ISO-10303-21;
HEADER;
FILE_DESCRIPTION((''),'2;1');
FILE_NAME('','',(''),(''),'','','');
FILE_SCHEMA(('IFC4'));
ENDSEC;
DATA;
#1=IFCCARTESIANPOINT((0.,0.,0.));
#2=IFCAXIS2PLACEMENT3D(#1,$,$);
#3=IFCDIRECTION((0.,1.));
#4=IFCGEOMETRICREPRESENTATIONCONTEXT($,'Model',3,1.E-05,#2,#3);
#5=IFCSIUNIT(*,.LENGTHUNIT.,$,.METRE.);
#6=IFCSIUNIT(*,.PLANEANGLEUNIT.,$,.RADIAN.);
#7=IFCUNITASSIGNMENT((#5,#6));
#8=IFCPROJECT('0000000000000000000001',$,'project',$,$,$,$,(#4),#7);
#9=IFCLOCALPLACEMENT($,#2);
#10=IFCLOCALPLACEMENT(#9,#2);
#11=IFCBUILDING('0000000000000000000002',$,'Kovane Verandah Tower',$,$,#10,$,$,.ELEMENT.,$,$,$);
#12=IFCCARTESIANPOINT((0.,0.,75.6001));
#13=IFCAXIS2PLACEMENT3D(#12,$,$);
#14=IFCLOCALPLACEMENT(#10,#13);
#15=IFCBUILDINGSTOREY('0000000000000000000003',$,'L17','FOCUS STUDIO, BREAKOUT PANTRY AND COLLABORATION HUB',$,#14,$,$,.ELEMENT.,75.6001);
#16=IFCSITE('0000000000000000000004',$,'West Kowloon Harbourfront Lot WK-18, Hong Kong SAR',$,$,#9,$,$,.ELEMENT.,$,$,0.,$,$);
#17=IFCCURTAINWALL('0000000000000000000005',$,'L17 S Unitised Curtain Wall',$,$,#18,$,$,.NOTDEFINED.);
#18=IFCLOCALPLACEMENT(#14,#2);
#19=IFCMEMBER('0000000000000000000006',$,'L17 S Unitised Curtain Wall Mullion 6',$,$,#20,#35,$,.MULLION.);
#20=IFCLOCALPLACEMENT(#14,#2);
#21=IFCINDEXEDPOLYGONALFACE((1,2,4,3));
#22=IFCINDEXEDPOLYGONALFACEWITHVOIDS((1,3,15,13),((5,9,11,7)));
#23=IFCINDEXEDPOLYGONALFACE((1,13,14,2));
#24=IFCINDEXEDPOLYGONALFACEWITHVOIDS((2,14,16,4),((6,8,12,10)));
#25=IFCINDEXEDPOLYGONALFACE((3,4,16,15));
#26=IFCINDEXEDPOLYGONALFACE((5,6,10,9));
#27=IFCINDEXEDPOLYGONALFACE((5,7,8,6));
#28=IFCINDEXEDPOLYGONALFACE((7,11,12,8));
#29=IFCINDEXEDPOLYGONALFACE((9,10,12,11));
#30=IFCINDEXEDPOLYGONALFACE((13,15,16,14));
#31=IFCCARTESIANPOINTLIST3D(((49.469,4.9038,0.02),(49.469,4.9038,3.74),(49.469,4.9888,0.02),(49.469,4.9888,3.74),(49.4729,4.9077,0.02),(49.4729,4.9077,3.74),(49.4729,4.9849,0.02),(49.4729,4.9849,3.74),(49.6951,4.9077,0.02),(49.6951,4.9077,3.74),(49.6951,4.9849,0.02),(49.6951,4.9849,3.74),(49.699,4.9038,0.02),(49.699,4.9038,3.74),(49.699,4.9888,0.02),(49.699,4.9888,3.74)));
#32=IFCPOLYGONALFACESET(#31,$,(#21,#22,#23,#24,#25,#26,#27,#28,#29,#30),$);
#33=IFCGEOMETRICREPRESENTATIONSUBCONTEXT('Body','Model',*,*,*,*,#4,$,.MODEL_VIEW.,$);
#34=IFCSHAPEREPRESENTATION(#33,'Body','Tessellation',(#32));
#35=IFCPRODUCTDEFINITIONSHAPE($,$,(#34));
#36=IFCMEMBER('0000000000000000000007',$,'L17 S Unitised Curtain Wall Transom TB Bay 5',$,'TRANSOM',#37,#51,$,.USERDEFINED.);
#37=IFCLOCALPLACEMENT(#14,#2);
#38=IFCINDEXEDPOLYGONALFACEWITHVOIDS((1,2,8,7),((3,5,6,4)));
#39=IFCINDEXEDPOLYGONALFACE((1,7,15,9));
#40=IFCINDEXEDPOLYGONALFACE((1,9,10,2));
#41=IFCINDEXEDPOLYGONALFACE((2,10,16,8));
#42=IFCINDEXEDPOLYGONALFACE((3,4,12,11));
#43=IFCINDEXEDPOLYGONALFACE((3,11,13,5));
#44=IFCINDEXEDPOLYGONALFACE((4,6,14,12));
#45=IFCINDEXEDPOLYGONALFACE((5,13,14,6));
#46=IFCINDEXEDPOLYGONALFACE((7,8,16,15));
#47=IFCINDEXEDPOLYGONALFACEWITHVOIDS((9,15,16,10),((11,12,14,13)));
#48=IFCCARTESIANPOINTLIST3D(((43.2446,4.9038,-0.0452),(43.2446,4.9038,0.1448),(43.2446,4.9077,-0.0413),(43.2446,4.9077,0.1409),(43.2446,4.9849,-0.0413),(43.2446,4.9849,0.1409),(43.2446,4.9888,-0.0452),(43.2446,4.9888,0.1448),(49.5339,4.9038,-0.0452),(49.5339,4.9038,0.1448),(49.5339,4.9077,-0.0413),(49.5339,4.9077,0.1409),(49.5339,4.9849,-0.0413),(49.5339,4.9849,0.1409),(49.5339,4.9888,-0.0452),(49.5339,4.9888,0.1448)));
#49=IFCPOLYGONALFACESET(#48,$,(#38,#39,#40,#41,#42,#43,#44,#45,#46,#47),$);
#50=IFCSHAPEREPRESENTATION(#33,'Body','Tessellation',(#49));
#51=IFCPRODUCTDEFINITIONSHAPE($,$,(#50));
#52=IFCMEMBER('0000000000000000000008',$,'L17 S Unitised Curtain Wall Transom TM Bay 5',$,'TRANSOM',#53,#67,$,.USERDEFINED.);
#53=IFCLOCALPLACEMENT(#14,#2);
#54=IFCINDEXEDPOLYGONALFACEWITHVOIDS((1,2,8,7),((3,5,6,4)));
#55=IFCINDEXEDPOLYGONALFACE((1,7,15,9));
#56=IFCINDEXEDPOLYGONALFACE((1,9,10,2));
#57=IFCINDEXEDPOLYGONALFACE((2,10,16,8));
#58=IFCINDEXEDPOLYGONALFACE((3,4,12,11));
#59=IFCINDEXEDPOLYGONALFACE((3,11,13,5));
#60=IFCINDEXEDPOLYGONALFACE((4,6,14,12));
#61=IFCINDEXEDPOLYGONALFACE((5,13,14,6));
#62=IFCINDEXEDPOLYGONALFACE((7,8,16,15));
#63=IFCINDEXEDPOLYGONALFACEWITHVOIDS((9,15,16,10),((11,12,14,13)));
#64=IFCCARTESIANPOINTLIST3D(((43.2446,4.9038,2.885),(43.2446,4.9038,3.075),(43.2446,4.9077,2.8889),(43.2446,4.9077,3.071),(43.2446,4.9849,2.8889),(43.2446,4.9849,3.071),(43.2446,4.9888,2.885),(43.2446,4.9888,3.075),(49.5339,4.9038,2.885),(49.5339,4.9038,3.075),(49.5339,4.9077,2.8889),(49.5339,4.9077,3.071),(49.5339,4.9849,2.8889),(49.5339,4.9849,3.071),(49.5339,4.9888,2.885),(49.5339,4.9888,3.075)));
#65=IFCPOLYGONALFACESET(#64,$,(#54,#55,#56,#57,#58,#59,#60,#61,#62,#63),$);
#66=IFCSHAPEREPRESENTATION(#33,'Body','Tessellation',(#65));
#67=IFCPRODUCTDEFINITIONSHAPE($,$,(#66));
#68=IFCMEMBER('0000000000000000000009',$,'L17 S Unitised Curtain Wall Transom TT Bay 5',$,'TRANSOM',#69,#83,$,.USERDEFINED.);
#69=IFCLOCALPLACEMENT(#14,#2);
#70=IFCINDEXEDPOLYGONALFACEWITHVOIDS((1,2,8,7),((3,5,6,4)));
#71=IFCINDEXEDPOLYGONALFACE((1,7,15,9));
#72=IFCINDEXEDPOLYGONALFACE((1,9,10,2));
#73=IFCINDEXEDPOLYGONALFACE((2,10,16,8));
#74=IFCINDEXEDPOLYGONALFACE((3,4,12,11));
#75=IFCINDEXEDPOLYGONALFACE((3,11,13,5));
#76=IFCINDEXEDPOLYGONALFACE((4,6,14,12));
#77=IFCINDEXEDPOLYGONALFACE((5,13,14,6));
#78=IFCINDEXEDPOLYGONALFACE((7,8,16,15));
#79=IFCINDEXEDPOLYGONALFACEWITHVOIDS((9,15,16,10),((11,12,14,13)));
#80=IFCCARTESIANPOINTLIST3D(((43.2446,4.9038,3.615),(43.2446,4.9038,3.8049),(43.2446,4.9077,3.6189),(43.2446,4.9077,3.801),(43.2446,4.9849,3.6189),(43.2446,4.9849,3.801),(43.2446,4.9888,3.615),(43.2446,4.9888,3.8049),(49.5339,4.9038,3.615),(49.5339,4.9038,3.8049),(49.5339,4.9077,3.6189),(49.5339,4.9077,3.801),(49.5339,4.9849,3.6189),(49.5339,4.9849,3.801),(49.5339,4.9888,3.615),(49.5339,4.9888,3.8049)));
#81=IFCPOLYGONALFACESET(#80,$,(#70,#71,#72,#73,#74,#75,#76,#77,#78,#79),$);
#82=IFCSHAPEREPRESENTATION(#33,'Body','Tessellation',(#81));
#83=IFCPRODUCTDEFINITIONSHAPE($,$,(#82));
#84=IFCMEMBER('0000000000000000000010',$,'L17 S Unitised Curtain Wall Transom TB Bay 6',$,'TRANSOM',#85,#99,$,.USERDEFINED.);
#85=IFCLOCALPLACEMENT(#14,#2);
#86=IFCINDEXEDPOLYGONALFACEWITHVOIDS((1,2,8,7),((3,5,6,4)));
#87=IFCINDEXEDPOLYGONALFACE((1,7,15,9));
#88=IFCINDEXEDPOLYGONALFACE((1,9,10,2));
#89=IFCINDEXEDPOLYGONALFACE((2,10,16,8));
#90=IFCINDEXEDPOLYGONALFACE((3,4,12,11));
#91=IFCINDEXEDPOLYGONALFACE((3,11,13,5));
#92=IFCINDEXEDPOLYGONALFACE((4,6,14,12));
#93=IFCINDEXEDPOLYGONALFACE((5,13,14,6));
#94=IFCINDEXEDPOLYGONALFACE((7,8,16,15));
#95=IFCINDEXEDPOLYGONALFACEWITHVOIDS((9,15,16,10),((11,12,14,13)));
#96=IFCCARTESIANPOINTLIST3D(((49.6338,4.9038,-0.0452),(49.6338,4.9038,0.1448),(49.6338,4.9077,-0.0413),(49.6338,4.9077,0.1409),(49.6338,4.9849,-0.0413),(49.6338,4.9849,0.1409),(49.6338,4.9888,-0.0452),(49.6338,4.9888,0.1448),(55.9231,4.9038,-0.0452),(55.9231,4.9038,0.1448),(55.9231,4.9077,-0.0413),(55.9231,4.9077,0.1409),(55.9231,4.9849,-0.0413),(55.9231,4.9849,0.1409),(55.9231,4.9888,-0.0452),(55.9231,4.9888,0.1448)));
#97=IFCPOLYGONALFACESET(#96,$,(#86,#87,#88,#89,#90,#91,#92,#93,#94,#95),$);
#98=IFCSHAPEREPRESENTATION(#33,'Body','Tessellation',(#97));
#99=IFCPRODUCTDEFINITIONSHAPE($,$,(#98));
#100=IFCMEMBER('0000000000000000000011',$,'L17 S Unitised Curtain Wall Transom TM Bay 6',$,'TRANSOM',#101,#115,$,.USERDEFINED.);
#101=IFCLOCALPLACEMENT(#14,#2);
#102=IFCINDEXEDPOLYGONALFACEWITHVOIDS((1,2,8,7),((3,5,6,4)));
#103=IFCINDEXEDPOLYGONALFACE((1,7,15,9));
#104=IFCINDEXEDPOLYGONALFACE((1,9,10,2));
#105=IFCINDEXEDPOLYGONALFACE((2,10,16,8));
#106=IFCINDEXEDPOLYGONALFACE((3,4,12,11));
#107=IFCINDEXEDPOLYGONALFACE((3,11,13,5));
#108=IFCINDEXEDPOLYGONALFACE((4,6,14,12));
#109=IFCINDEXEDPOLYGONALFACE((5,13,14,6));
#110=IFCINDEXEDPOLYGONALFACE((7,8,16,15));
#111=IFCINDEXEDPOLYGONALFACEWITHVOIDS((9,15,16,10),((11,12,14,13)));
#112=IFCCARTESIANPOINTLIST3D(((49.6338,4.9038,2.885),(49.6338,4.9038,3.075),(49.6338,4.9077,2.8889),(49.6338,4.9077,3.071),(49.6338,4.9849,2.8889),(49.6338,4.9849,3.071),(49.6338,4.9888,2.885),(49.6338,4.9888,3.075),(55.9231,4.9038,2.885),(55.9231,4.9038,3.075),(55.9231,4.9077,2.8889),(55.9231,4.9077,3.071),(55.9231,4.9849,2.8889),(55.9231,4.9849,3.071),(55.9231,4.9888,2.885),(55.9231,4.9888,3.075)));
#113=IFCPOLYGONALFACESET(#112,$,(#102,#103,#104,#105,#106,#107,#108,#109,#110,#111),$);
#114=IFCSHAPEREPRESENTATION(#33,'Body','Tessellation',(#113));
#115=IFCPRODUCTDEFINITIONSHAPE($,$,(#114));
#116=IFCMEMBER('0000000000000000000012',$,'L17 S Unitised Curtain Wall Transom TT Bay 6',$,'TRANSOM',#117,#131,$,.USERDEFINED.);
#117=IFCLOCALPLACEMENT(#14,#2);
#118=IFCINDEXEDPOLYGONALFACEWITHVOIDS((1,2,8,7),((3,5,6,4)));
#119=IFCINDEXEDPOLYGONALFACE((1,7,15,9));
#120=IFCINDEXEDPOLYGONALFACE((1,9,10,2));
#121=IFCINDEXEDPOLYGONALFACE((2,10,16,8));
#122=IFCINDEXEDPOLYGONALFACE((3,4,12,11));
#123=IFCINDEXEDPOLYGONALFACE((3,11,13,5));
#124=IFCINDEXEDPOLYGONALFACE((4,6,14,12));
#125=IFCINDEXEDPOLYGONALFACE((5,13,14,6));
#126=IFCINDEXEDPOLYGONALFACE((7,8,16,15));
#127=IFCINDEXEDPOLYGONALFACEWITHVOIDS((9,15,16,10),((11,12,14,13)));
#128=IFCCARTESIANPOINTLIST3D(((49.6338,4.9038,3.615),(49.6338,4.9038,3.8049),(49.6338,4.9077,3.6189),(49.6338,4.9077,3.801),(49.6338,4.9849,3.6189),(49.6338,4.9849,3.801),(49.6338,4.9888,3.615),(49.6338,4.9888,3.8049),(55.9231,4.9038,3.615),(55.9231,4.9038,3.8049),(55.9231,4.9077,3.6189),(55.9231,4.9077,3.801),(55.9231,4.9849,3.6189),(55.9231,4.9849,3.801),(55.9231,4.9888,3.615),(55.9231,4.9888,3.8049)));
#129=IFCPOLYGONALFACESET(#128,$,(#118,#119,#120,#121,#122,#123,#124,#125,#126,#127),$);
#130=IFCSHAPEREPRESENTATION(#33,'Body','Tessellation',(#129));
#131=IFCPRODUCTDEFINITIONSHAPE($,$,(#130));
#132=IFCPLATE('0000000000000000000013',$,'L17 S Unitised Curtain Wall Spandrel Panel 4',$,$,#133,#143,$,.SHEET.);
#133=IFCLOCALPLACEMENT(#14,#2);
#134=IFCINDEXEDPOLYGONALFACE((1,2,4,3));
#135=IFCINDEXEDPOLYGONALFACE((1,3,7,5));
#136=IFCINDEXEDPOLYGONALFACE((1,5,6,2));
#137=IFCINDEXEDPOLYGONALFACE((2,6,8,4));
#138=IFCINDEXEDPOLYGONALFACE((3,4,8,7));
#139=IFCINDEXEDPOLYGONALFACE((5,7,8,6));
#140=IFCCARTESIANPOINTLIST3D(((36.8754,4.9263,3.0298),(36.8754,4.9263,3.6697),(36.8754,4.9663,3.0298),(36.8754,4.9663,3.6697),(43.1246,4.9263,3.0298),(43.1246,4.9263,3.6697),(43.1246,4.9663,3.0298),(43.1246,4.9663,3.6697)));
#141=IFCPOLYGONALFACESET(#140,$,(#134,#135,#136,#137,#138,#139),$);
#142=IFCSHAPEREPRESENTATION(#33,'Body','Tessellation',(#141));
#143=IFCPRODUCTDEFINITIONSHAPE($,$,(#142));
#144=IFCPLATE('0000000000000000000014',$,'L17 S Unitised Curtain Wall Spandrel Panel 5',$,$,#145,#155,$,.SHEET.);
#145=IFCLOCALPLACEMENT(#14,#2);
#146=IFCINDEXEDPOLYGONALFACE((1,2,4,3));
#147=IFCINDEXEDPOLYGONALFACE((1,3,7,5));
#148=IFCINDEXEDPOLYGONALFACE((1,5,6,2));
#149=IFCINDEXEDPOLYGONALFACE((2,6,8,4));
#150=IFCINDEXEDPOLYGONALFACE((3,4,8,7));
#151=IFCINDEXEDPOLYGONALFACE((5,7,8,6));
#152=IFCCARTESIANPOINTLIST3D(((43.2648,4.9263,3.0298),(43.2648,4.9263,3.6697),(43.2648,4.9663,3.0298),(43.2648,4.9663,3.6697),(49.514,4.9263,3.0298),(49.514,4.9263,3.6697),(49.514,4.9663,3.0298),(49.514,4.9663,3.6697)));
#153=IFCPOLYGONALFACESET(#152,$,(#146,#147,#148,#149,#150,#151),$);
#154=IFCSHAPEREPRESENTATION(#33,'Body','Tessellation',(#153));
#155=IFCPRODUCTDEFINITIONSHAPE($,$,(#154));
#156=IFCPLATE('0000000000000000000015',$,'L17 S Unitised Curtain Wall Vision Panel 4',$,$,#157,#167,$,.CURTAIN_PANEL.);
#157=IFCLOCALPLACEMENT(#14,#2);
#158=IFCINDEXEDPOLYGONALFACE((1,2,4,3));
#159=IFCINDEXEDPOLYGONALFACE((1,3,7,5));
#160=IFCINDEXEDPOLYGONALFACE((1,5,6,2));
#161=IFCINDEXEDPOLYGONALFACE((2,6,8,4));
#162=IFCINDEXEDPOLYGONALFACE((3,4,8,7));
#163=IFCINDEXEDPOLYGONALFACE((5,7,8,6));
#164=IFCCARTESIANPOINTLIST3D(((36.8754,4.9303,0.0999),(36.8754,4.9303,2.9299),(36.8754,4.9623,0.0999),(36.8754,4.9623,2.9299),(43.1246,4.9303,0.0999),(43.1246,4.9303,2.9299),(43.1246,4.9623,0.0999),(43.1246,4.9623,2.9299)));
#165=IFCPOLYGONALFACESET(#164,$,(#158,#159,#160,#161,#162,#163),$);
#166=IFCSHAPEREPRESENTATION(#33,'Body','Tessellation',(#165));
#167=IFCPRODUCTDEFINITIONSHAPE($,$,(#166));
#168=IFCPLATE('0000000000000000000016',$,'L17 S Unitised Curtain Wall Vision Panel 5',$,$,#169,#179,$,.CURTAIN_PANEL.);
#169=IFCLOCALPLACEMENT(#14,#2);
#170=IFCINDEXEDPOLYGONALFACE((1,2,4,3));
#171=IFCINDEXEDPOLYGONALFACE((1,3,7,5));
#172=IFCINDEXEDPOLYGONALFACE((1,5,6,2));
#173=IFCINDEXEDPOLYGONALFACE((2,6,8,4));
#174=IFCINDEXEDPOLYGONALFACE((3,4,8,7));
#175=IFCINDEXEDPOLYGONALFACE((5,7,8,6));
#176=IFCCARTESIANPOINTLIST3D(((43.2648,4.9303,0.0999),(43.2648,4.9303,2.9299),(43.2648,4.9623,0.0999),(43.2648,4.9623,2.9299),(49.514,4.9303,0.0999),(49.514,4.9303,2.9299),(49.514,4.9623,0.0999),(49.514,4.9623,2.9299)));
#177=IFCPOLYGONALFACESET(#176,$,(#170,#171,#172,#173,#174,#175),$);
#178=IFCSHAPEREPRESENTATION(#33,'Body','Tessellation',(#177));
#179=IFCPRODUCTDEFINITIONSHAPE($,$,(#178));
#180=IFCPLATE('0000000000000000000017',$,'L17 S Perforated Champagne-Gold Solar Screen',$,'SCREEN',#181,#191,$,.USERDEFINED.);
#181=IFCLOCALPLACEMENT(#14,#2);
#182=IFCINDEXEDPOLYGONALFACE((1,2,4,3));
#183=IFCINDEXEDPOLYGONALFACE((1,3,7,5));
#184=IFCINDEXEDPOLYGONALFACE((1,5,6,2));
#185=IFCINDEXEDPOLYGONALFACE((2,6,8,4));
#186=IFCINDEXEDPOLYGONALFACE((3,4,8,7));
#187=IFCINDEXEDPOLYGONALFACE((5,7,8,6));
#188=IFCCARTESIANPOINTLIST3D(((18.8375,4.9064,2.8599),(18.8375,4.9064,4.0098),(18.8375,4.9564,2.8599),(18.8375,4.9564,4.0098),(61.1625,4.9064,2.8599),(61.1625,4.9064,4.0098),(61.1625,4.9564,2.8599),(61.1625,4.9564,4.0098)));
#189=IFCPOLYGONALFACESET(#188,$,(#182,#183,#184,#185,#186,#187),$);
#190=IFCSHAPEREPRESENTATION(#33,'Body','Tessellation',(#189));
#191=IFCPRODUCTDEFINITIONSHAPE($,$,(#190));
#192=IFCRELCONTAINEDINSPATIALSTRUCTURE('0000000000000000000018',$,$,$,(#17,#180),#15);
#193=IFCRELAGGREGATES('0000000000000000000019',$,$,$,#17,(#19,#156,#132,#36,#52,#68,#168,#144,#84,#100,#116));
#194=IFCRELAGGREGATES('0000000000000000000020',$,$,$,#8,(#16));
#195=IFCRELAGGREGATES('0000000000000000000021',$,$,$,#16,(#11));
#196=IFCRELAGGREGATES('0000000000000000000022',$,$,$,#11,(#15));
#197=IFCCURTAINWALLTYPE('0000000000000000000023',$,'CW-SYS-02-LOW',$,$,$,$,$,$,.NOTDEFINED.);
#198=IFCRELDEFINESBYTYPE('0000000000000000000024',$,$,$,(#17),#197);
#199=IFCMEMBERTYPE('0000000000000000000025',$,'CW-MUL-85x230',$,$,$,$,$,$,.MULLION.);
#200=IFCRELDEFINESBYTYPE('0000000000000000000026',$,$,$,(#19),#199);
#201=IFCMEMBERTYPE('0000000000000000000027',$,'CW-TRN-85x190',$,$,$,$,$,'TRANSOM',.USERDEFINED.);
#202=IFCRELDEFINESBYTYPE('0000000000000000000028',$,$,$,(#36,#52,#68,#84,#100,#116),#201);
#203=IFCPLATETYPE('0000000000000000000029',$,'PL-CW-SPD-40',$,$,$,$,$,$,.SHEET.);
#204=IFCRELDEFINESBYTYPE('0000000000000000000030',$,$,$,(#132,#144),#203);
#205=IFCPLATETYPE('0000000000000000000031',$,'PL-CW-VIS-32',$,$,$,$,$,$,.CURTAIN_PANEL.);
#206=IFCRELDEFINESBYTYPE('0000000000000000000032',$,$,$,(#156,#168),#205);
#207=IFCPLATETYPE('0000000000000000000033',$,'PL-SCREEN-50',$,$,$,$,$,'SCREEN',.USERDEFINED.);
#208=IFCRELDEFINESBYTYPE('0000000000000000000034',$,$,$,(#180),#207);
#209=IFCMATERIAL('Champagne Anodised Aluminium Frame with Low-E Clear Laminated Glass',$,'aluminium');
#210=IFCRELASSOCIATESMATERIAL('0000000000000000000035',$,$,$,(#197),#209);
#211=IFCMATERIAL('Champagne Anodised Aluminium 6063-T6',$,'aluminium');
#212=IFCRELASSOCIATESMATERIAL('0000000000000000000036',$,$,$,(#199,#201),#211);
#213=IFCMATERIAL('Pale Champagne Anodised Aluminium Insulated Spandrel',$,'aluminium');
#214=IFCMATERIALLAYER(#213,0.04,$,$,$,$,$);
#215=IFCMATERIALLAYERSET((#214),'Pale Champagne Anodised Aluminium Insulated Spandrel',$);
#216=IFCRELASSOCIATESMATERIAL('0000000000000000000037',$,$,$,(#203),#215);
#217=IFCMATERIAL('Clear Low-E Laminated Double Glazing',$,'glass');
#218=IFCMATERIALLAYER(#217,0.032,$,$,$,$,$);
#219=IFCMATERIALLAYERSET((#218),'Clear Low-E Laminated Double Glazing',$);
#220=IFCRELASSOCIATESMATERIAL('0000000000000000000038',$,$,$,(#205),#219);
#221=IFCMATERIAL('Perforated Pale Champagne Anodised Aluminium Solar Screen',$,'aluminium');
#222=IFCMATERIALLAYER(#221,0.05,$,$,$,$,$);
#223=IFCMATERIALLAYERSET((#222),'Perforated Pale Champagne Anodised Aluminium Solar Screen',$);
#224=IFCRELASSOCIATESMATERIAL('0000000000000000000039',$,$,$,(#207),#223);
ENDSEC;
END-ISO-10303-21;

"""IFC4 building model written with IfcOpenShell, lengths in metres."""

from ifc_helpers import new_model, si_unit, direction, frame, origin, origin_2d, place, context, subcontext, project, spatial, rectangle, hollow_rectangle, extrude, material, layer, layer_set, material_profile, profile_set, type_object, element, aggregate, save


model = new_model("IFC4")

# Units and contexts
model_context = context("Model", 3, precision=1e-05, world=origin(), true_north=direction((0.0, 1.0)))
body_context = subcontext(model_context, "Body", "Model", "MODEL_VIEW")
ifc_project = project(units=[si_unit("LENGTHUNIT", "METRE"), si_unit("PLANEANGLEUNIT", "RADIAN")], contexts=[model_context])

# Site, building, storey
site_placement = place(None, origin())
site = spatial("IfcSite", under=ifc_project, at=site_placement, Name="West Kowloon Harbourfront Lot WK-18, Hong Kong SAR", CompositionType="ELEMENT", RefElevation=0.0)
building_placement = place(site_placement, origin())
building = spatial("IfcBuilding", under=site, at=building_placement, Name="Kovane Verandah Tower", CompositionType="ELEMENT")
storey_placement = place(building_placement, frame((0.0, 0.0, 75.6001)))
storey = spatial("IfcBuildingStorey", under=building, at=storey_placement, Name="L17", Description="FOCUS STUDIO, BREAKOUT PANTRY AND COLLABORATION HUB", CompositionType="ELEMENT", Elevation=75.6001)

# Curtain wall, members, plates
ifc_material_1 = material(Name="Champagne Anodised Aluminium Frame with Low-E Clear Laminated Glass", Category="aluminium")
curtain_wall_type = type_object("IfcCurtainWallType", Name="CW-SYS-02-LOW", PredefinedType="NOTDEFINED", material=ifc_material_1)
curtain_wall_placement = place(storey_placement, origin())
curtain_wall = element("IfcCurtainWall", 1, at=curtain_wall_placement, inside=storey, type_object=curtain_wall_type, Name="L17 S Unitised Curtain Wall", PredefinedType="NOTDEFINED")
ifc_material_2 = material(Name="Champagne Anodised Aluminium 6063-T6", Category="aluminium")
ifc_material_profile_1 = material_profile(ifc_material_2, hollow_rectangle(XDim=0.085, YDim=0.23, WallThickness=0.0039, at=origin_2d()), Name="AL85x230x4")
ifc_profile_set_1 = profile_set([ifc_material_profile_1], Name="Champagne Anodised Aluminium 6063-T6")
member_type_1 = type_object("IfcMemberType", Name="CW-MUL-85x230", PredefinedType="MULLION", material=ifc_profile_set_1)
member_1_placement = place(storey_placement, frame((49.584, 4.9463, 0.02), z_axis=(0.0, 0.0, 1.0), x_axis=(0.0, -1.0, 0.0)))
member_1 = element("IfcMember", 2, at=member_1_placement, type_object=member_type_1, Name="L17 S Unitised Curtain Wall Mullion 6", PredefinedType="MULLION", context=body_context, shape_type="SweptSolid", body=[
    extrude(hollow_rectangle(XDim=0.085, YDim=0.23, WallThickness=0.0039, at=origin_2d()), origin(), (0.0, 0.0, 1.0), 3.72),
])
ifc_material_profile_2 = material_profile(ifc_material_2, hollow_rectangle(XDim=0.085, YDim=0.1899, WallThickness=0.0039, at=origin_2d()), Name="AL85x190x4")
ifc_profile_set_2 = profile_set([ifc_material_profile_2], Name="Champagne Anodised Aluminium 6063-T6")
member_type_2 = type_object("IfcMemberType", Name="CW-TRN-85x190", ElementType="TRANSOM", PredefinedType="USERDEFINED", material=ifc_profile_set_2)
member_2_placement = place(storey_placement, frame((43.2446, 4.9463, 0.0498), z_axis=(1.0, 0.0, 0.0), x_axis=(0.0, 1.0, 0.0)))
member_2 = element("IfcMember", 3, at=member_2_placement, type_object=member_type_2, Name="L17 S Unitised Curtain Wall Transom TB Bay 5", ObjectType="TRANSOM", PredefinedType="USERDEFINED", context=body_context, shape_type="SweptSolid", body=[
    extrude(hollow_rectangle(XDim=0.085, YDim=0.1899, WallThickness=0.0039, at=origin_2d()), origin(), (0.0, 0.0, 1.0), 6.2893),
])
member_3_placement = place(storey_placement, frame((43.2446, 4.9463, 2.98), z_axis=(1.0, 0.0, 0.0), x_axis=(0.0, 1.0, 0.0)))
member_3 = element("IfcMember", 4, at=member_3_placement, type_object=member_type_2, Name="L17 S Unitised Curtain Wall Transom TM Bay 5", ObjectType="TRANSOM", PredefinedType="USERDEFINED", context=body_context, shape_type="SweptSolid", body=[
    extrude(hollow_rectangle(XDim=0.085, YDim=0.1899, WallThickness=0.0039, at=origin_2d()), origin(), (0.0, 0.0, 1.0), 6.2893),
])
member_4_placement = place(storey_placement, frame((43.2446, 4.9463, 3.71), z_axis=(1.0, 0.0, 0.0), x_axis=(0.0, 1.0, 0.0)))
member_4 = element("IfcMember", 5, at=member_4_placement, type_object=member_type_2, Name="L17 S Unitised Curtain Wall Transom TT Bay 5", ObjectType="TRANSOM", PredefinedType="USERDEFINED", context=body_context, shape_type="SweptSolid", body=[
    extrude(hollow_rectangle(XDim=0.085, YDim=0.1899, WallThickness=0.0039, at=origin_2d()), origin(), (0.0, 0.0, 1.0), 6.2893),
])
member_5_placement = place(storey_placement, frame((49.6338, 4.9463, 0.0498), z_axis=(1.0, 0.0, 0.0), x_axis=(0.0, 1.0, 0.0)))
member_5 = element("IfcMember", 6, at=member_5_placement, type_object=member_type_2, Name="L17 S Unitised Curtain Wall Transom TB Bay 6", ObjectType="TRANSOM", PredefinedType="USERDEFINED", context=body_context, shape_type="SweptSolid", body=[
    extrude(hollow_rectangle(XDim=0.085, YDim=0.1899, WallThickness=0.0039, at=origin_2d()), origin(), (0.0, 0.0, 1.0), 6.2893),
])
member_6_placement = place(storey_placement, frame((49.6338, 4.9463, 2.98), z_axis=(1.0, 0.0, 0.0), x_axis=(0.0, 1.0, 0.0)))
member_6 = element("IfcMember", 7, at=member_6_placement, type_object=member_type_2, Name="L17 S Unitised Curtain Wall Transom TM Bay 6", ObjectType="TRANSOM", PredefinedType="USERDEFINED", context=body_context, shape_type="SweptSolid", body=[
    extrude(hollow_rectangle(XDim=0.085, YDim=0.1899, WallThickness=0.0039, at=origin_2d()), origin(), (0.0, 0.0, 1.0), 6.2893),
])
member_7_placement = place(storey_placement, frame((49.6338, 4.9463, 3.71), z_axis=(1.0, 0.0, 0.0), x_axis=(0.0, 1.0, 0.0)))
member_7 = element("IfcMember", 8, at=member_7_placement, type_object=member_type_2, Name="L17 S Unitised Curtain Wall Transom TT Bay 6", ObjectType="TRANSOM", PredefinedType="USERDEFINED", context=body_context, shape_type="SweptSolid", body=[
    extrude(hollow_rectangle(XDim=0.085, YDim=0.1899, WallThickness=0.0039, at=origin_2d()), origin(), (0.0, 0.0, 1.0), 6.2893),
])
ifc_material_3 = material(Name="Pale Champagne Anodised Aluminium Insulated Spandrel", Category="aluminium")
ifc_layer_1 = layer(ifc_material_3, 0.04)
ifc_layer_set_1 = layer_set([ifc_layer_1], Name="Pale Champagne Anodised Aluminium Insulated Spandrel")
plate_type_1 = type_object("IfcPlateType", Name="PL-CW-SPD-40", PredefinedType="SHEET", material=ifc_layer_set_1)
plate_1_placement = place(storey_placement, frame((40.0, 4.9463, 3.0298), z_axis=(0.0, 0.0, 1.0), x_axis=(1.0, 0.0, 0.0)))
plate_1 = element("IfcPlate", 9, at=plate_1_placement, type_object=plate_type_1, Name="L17 S Unitised Curtain Wall Spandrel Panel 4", PredefinedType="SHEET", context=body_context, shape_type="SweptSolid", body=[
    extrude(rectangle(XDim=6.2493, YDim=0.04, at=origin_2d()), origin(), (0.0, 0.0, 1.0), 0.6399),
])
plate_2_placement = place(storey_placement, frame((46.3894, 4.9463, 3.0298), z_axis=(0.0, 0.0, 1.0), x_axis=(1.0, 0.0, 0.0)))
plate_2 = element("IfcPlate", 10, at=plate_2_placement, type_object=plate_type_1, Name="L17 S Unitised Curtain Wall Spandrel Panel 5", PredefinedType="SHEET", context=body_context, shape_type="SweptSolid", body=[
    extrude(rectangle(XDim=6.2493, YDim=0.04, at=origin_2d()), origin(), (0.0, 0.0, 1.0), 0.6399),
])
ifc_material_4 = material(Name="Clear Low-E Laminated Double Glazing", Category="glass")
ifc_layer_2 = layer(ifc_material_4, 0.032)
ifc_layer_set_2 = layer_set([ifc_layer_2], Name="Clear Low-E Laminated Double Glazing")
plate_type_2 = type_object("IfcPlateType", Name="PL-CW-VIS-32", PredefinedType="CURTAIN_PANEL", material=ifc_layer_set_2)
plate_3_placement = place(storey_placement, frame((40.0, 4.9463, 0.0999), z_axis=(0.0, 0.0, 1.0), x_axis=(1.0, 0.0, 0.0)))
plate_3 = element("IfcPlate", 11, at=plate_3_placement, type_object=plate_type_2, Name="L17 S Unitised Curtain Wall Vision Panel 4", PredefinedType="CURTAIN_PANEL", context=body_context, shape_type="SweptSolid", body=[
    extrude(rectangle(XDim=6.2493, YDim=0.032, at=origin_2d()), origin(), (0.0, 0.0, 1.0), 2.8301),
])
plate_4_placement = place(storey_placement, frame((46.3894, 4.9463, 0.0999), z_axis=(0.0, 0.0, 1.0), x_axis=(1.0, 0.0, 0.0)))
plate_4 = element("IfcPlate", 12, at=plate_4_placement, type_object=plate_type_2, Name="L17 S Unitised Curtain Wall Vision Panel 5", PredefinedType="CURTAIN_PANEL", context=body_context, shape_type="SweptSolid", body=[
    extrude(rectangle(XDim=6.2493, YDim=0.032, at=origin_2d()), origin(), (0.0, 0.0, 1.0), 2.8301),
])
aggregate(curtain_wall, [member_1, plate_3, plate_1, member_2, member_3, member_4, plate_4, plate_2, member_5, member_6, member_7])

# Plate
ifc_material_5 = material(Name="Perforated Pale Champagne Anodised Aluminium Solar Screen", Category="aluminium")
ifc_layer_3 = layer(ifc_material_5, 0.05)
ifc_layer_set_3 = layer_set([ifc_layer_3], Name="Perforated Pale Champagne Anodised Aluminium Solar Screen")
plate_type_3 = type_object("IfcPlateType", Name="PL-SCREEN-50", ElementType="SCREEN", PredefinedType="USERDEFINED", material=ifc_layer_set_3)
plate_5_placement = place(storey_placement, frame((40.0, 4.9314, 2.8599), z_axis=(0.0, 0.0, 1.0), x_axis=(1.0, 0.0, 0.0)))
element("IfcPlate", 13, at=plate_5_placement, inside=storey, type_object=plate_type_3, Name="L17 S Perforated Champagne-Gold Solar Screen", ObjectType="SCREEN", PredefinedType="USERDEFINED", context=body_context, shape_type="SweptSolid", body=[
    extrude(rectangle(XDim=42.325, YDim=0.05, at=origin_2d()), origin(), (0.0, 0.0, 1.0), 1.1499),
])

save(model, "model.ifc")
